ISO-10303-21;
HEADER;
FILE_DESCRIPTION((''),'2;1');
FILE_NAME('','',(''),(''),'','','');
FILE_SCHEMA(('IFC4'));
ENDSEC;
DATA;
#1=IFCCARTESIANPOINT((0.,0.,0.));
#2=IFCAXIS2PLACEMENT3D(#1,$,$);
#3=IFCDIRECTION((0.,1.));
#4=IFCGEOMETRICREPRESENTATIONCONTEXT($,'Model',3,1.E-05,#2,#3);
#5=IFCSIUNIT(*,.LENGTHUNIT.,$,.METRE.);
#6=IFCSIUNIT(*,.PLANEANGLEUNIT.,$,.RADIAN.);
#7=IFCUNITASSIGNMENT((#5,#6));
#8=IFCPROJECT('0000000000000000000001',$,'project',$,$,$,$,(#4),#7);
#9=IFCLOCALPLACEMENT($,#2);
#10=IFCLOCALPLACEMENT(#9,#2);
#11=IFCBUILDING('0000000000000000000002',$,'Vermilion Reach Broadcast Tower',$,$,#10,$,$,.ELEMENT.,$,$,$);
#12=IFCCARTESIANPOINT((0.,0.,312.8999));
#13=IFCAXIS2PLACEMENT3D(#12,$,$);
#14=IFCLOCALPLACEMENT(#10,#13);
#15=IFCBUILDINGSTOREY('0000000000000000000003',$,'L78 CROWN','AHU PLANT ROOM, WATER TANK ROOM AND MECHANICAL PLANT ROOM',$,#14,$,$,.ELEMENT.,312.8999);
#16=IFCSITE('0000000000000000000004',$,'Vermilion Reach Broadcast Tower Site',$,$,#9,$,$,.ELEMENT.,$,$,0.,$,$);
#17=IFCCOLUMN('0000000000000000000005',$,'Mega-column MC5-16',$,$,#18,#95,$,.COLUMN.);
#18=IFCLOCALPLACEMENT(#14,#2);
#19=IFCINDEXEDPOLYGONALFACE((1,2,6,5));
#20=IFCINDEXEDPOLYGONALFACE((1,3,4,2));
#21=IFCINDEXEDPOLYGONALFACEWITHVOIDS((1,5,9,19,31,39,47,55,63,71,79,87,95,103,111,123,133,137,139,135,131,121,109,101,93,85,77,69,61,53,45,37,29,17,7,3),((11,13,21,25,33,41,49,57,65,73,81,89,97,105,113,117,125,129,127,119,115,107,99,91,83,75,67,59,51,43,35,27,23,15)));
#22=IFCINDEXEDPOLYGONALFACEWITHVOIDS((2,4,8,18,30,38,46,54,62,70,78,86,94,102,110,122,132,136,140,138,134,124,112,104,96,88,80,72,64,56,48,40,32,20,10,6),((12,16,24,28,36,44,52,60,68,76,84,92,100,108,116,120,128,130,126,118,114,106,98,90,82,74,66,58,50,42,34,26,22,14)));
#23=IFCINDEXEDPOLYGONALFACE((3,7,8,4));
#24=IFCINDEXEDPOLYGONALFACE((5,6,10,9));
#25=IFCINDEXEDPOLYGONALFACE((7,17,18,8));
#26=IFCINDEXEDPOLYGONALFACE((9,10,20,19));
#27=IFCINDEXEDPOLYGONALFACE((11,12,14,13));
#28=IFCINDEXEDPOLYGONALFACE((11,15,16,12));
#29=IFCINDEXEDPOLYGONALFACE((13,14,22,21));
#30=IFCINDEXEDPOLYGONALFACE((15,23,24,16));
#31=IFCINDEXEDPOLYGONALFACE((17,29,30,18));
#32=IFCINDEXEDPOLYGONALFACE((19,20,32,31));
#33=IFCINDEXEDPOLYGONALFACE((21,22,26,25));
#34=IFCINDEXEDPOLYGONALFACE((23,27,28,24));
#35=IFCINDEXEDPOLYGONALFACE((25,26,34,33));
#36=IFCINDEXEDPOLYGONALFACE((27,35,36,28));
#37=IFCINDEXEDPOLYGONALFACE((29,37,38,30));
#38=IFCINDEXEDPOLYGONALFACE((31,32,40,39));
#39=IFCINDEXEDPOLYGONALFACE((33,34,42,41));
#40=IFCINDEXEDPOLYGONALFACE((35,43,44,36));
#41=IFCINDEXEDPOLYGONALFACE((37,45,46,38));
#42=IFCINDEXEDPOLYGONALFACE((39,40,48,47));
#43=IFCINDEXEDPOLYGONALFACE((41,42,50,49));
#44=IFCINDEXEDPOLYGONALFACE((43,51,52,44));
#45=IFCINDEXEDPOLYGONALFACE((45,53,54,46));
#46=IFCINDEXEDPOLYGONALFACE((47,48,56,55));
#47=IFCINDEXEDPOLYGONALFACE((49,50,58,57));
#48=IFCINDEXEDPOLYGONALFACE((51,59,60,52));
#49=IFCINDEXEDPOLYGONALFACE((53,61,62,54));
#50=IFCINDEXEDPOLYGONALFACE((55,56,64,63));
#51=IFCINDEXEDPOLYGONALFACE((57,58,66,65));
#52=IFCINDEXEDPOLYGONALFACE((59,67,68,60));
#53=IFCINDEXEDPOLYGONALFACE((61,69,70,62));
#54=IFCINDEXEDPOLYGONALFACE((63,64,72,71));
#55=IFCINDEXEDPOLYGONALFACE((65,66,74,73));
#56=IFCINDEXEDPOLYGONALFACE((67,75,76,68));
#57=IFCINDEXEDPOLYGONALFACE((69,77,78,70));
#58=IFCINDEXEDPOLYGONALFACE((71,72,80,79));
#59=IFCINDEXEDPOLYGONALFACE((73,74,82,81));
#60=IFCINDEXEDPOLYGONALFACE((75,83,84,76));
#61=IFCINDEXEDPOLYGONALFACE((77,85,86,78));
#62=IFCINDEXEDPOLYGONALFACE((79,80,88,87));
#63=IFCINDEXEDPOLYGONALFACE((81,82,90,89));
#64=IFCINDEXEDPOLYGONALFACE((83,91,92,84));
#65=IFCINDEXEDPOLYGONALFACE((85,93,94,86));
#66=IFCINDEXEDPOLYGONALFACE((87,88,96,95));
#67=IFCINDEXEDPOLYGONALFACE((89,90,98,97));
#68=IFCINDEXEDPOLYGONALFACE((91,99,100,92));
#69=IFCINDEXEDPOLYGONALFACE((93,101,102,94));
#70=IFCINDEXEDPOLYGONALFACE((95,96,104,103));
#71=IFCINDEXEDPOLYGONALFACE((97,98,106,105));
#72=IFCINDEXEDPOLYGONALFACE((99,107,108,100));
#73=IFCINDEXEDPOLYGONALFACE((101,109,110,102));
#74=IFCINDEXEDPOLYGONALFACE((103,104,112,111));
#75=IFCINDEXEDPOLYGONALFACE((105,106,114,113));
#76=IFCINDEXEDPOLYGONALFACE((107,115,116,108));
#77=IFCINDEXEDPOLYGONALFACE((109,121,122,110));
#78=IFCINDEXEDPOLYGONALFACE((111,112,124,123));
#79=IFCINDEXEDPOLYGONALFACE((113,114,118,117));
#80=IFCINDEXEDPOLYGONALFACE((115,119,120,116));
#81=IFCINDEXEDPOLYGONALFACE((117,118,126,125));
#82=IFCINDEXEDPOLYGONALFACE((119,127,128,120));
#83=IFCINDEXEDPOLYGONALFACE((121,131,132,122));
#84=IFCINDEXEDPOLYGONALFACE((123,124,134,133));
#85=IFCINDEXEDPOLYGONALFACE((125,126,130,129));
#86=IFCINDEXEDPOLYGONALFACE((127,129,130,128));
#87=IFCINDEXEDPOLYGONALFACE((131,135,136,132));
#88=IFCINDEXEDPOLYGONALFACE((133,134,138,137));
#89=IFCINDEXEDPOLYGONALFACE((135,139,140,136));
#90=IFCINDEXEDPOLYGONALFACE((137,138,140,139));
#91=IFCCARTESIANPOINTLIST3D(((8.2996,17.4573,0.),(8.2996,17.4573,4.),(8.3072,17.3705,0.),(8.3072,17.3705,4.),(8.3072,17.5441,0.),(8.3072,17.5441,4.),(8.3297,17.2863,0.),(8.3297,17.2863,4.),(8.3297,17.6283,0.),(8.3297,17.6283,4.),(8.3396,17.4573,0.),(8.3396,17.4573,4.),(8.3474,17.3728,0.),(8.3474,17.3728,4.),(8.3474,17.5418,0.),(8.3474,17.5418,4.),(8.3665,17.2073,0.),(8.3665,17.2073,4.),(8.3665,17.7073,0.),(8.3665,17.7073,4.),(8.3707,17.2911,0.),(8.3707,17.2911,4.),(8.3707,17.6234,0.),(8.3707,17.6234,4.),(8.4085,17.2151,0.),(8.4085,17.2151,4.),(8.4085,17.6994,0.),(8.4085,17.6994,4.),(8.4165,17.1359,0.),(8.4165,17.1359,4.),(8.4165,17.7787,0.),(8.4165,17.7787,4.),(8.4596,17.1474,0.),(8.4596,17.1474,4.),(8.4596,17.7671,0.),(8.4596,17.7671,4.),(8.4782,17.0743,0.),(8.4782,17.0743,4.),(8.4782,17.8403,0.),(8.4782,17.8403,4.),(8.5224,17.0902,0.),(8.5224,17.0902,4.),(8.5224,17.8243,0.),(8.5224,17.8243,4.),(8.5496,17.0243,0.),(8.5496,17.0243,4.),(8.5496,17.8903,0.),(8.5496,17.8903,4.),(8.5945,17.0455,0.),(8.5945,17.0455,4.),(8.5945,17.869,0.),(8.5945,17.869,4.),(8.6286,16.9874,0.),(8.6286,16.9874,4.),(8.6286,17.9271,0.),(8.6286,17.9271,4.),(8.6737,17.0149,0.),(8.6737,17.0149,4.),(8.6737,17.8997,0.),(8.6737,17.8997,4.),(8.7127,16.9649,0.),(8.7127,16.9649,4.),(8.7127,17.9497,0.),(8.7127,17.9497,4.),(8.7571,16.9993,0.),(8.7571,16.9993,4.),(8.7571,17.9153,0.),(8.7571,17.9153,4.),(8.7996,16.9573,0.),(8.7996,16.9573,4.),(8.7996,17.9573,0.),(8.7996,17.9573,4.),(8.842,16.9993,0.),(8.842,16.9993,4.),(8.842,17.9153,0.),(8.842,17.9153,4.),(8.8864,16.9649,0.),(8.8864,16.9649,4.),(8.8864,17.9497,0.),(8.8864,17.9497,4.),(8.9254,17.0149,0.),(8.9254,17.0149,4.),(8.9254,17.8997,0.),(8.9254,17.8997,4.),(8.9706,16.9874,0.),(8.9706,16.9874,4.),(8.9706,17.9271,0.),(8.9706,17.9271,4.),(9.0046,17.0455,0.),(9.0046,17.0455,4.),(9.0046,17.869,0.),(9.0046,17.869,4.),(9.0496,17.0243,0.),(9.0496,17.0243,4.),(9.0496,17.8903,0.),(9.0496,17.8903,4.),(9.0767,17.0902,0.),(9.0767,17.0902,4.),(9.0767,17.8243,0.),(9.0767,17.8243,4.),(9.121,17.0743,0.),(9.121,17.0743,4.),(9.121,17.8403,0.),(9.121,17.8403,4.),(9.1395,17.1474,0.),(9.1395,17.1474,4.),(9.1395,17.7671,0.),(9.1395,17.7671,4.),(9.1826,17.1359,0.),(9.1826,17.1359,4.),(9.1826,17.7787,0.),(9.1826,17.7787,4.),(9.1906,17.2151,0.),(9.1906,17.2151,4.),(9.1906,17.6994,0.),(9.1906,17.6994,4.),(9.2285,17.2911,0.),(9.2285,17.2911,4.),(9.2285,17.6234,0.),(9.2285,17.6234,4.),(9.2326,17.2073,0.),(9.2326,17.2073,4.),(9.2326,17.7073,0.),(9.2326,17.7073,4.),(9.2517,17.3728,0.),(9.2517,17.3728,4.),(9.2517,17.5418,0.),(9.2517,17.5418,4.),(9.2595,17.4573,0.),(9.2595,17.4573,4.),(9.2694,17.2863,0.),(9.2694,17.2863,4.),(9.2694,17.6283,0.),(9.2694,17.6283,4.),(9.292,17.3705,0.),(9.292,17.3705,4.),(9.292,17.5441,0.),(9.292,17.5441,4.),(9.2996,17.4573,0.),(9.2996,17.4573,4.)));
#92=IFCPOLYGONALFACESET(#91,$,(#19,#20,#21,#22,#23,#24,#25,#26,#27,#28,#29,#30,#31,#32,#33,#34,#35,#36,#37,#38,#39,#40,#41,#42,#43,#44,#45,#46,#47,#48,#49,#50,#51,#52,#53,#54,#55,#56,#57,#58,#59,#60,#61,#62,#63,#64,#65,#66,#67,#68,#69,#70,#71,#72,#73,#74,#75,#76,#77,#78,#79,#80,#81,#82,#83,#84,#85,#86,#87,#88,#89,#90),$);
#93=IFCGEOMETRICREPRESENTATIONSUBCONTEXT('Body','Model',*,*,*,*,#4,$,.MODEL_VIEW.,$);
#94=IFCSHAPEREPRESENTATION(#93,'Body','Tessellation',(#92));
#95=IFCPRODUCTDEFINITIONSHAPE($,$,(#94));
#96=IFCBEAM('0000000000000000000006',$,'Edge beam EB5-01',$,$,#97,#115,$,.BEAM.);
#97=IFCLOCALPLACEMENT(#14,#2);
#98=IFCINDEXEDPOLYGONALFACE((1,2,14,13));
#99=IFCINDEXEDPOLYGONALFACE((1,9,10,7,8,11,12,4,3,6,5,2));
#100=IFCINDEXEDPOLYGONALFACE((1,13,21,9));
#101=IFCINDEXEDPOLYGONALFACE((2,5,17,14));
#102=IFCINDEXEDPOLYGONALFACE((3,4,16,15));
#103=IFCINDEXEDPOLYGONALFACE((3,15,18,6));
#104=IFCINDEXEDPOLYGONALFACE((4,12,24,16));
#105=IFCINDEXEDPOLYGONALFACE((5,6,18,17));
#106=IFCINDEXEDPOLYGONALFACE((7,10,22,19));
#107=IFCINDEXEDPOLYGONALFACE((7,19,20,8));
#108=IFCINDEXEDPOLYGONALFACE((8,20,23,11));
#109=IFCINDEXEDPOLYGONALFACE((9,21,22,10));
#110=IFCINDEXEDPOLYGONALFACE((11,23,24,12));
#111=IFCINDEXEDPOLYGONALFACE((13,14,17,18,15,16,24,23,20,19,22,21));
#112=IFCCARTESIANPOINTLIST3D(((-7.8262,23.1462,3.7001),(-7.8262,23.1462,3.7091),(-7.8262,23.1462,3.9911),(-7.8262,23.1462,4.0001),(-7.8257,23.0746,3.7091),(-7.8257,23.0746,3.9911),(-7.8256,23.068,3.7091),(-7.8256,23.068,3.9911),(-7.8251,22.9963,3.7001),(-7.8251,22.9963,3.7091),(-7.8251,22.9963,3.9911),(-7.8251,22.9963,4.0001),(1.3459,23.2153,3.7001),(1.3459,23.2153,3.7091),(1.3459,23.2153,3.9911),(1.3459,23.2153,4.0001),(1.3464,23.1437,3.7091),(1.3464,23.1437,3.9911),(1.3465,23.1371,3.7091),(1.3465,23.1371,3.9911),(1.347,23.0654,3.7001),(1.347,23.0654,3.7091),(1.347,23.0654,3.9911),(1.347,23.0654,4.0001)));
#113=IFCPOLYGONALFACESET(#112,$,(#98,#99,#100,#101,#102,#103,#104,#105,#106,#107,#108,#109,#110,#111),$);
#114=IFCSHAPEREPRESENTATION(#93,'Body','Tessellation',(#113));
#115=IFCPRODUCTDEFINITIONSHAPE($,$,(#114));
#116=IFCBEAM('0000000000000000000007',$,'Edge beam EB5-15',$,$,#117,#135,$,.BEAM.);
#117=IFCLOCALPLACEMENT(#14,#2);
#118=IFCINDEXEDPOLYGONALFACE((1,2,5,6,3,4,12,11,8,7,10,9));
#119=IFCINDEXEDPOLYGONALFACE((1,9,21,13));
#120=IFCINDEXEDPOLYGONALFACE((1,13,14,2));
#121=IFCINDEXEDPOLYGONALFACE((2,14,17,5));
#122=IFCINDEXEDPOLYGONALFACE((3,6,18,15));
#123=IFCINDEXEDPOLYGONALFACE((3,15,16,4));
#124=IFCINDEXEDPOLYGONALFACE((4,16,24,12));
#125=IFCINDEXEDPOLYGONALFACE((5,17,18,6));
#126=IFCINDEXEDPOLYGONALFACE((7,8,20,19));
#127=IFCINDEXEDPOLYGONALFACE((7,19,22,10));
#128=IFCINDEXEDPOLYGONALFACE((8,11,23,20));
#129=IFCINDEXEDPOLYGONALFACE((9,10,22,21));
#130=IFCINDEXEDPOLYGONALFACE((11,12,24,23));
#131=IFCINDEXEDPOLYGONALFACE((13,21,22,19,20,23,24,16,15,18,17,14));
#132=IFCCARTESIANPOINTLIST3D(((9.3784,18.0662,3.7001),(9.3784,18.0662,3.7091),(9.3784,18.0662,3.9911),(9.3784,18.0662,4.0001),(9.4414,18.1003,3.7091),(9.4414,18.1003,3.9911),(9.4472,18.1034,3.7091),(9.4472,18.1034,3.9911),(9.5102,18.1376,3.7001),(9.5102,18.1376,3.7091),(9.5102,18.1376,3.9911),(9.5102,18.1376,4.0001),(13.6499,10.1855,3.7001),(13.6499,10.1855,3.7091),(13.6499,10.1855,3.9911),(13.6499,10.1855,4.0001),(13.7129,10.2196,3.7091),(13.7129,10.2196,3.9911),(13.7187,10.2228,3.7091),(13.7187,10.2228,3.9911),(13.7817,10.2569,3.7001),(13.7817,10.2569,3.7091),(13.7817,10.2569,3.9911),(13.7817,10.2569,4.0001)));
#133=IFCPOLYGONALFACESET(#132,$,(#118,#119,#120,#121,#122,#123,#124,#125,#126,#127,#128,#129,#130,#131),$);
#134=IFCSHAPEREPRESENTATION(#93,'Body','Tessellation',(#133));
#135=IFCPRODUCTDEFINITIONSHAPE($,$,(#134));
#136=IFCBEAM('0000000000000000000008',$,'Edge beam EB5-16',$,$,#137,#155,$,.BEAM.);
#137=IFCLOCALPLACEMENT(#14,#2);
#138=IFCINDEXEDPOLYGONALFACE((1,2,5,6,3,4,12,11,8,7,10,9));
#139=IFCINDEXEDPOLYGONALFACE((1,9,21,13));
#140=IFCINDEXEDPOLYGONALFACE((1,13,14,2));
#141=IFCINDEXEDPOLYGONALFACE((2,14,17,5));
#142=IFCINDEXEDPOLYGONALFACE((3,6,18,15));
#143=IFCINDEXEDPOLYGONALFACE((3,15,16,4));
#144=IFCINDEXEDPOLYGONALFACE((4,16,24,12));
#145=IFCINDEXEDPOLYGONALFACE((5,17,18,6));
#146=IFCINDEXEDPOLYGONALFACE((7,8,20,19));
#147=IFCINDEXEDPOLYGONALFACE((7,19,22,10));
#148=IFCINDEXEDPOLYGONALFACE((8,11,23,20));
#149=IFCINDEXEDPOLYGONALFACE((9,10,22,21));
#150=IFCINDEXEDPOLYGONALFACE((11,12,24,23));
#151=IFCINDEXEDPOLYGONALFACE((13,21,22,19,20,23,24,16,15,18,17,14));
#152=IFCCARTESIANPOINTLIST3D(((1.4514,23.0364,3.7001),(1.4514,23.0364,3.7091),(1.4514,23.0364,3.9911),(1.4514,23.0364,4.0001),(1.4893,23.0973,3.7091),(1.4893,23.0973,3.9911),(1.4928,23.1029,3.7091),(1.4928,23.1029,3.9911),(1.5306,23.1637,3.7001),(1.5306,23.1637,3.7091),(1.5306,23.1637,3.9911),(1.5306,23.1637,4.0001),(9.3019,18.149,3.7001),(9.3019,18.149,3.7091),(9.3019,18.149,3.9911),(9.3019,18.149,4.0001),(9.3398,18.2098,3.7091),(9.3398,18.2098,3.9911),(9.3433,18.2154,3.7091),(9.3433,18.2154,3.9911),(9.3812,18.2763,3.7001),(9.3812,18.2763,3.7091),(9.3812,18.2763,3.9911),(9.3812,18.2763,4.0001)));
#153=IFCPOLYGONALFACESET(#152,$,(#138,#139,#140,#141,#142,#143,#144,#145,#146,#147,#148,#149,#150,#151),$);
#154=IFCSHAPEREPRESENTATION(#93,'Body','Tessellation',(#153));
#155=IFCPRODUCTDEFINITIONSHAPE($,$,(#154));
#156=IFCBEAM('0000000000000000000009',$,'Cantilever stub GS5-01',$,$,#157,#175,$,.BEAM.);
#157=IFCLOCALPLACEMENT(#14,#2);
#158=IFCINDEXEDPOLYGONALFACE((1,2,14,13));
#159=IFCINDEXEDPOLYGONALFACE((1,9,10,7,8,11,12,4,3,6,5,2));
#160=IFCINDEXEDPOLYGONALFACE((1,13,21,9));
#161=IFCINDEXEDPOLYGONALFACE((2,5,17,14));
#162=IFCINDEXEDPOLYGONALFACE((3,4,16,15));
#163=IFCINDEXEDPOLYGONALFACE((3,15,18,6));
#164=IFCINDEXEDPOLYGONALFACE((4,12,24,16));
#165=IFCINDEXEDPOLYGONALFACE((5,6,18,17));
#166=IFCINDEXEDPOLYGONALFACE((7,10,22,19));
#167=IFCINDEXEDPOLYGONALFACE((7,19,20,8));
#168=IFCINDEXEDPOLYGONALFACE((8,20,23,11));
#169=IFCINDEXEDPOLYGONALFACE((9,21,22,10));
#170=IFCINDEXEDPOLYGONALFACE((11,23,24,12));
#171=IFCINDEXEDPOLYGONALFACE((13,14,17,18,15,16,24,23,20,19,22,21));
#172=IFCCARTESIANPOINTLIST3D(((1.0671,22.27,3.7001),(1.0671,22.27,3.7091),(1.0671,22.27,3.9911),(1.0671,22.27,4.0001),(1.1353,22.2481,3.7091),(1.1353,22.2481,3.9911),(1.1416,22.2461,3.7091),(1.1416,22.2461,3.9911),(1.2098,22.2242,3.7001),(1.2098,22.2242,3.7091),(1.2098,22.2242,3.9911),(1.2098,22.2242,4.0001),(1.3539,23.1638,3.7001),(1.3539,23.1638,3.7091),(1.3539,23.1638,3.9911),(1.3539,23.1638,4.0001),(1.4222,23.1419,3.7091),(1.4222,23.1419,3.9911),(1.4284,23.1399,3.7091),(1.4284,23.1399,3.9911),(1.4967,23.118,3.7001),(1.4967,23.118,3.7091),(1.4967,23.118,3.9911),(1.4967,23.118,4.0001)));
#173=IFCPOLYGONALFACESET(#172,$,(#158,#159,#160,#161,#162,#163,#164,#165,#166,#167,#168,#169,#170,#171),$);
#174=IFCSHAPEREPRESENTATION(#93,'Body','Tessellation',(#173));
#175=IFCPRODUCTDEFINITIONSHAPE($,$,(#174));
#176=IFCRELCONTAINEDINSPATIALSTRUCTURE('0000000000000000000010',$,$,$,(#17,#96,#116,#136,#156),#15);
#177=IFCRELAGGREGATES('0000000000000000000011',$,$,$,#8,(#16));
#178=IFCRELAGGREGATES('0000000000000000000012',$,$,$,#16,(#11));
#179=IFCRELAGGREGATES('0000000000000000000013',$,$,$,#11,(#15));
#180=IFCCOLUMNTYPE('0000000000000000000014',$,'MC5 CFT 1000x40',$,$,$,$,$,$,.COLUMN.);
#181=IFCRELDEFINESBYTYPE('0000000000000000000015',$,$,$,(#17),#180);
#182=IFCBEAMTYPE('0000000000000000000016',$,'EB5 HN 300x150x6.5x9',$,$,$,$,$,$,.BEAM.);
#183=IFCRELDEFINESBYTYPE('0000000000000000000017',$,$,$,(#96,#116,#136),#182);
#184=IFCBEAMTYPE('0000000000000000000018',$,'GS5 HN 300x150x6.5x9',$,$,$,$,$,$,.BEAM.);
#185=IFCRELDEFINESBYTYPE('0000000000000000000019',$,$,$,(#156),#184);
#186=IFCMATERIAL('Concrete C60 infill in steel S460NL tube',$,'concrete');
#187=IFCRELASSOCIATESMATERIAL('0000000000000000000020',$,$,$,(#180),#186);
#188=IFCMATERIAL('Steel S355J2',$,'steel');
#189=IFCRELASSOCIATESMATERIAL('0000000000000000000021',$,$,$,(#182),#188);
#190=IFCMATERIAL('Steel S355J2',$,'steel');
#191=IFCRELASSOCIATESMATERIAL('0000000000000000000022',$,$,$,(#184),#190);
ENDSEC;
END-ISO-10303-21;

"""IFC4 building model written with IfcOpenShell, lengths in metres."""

from ifc_helpers import new_model, si_unit, direction, frame, origin, origin_2d, place, context, subcontext, project, spatial, hollow_circle, i_section, extrude, material, material_profile, profile_set, type_object, element, save


model = new_model("IFC4")

# Units and contexts
model_context = context("Model", 3, precision=1e-05, world=origin(), true_north=direction((0.0, 1.0)))
body_context = subcontext(model_context, "Body", "Model", "MODEL_VIEW")
ifc_project = project(units=[si_unit("LENGTHUNIT", "METRE"), si_unit("PLANEANGLEUNIT", "RADIAN")], contexts=[model_context])

# Site, building, storey
site_placement = place(None, origin())
site = spatial("IfcSite", under=ifc_project, at=site_placement, Name="Vermilion Reach Broadcast Tower Site", CompositionType="ELEMENT", RefElevation=0.0)
building_placement = place(site_placement, origin())
building = spatial("IfcBuilding", under=site, at=building_placement, Name="Vermilion Reach Broadcast Tower", CompositionType="ELEMENT")
storey_placement = place(building_placement, frame((0.0, 0.0, 312.8999)))
storey = spatial("IfcBuildingStorey", under=building, at=storey_placement, Name="L78 CROWN", Description="AHU PLANT ROOM, WATER TANK ROOM AND MECHANICAL PLANT ROOM", CompositionType="ELEMENT", Elevation=312.8999)

# Column
ifc_material_1 = material(Name="Concrete C60 infill in steel S460NL tube", Category="concrete")
ifc_material_profile_1 = material_profile(ifc_material_1, hollow_circle(Radius=0.5, WallThickness=0.04, at=origin_2d()), Name="Concrete C60 infill in steel S460NL tube CFT 1000x40")
ifc_profile_set_1 = profile_set([ifc_material_profile_1], Name="Concrete C60 infill in steel S460NL tube")
column_type = type_object("IfcColumnType", Name="MC5 CFT 1000x40", PredefinedType="COLUMN", material=ifc_profile_set_1)
for number, where, z_axis, x_axis, name in (
    (1, (8.7996, 17.4573, 0.0), (0.0, 0.0, 1.0), (1.0, 0.0, 0.0), "Mega-column MC5-16"),
):
    element("IfcColumn", number, at=place(storey_placement, frame(where, z_axis=z_axis, x_axis=x_axis)), inside=storey, type_object=column_type, Name=name, PredefinedType="COLUMN", context=body_context, shape_type="SweptSolid", body=[
        extrude(hollow_circle(Radius=0.5, WallThickness=0.04, at=origin_2d()), origin(), (0.0, 0.0, 1.0), 4.0),
    ])

# Beams
ifc_material_2 = material(Name="Steel S355J2", Category="steel")
ifc_material_profile_2 = material_profile(ifc_material_2, i_section(OverallWidth=0.1499, OverallDepth=0.3, WebThickness=0.0066, FlangeThickness=0.009, at=origin_2d()), Name="S355J2 HN 300x150x6.5x9")
ifc_profile_set_2 = profile_set([ifc_material_profile_2], Name="Steel S355J2")
beam_type_1 = type_object("IfcBeamType", Name="EB5 HN 300x150x6.5x9", PredefinedType="BEAM", material=ifc_profile_set_2)
beam_1_placement = place(storey_placement, frame((1.3464, 23.1404, 3.8501), z_axis=(-0.999972, -0.007533, 0.0), x_axis=(0.007533, -0.999972, 0.0)))
element("IfcBeam", 2, at=beam_1_placement, inside=storey, type_object=beam_type_1, Name="Edge beam EB5-01", PredefinedType="BEAM", context=body_context, shape_type="SweptSolid", body=[
    extrude(i_section(OverallWidth=0.1499, OverallDepth=0.3, WebThickness=0.0066, FlangeThickness=0.009, at=origin_2d()), origin(), (0.0, 0.0, 1.0), 9.1724),
])
beam_2_placement = place(storey_placement, frame((13.7158, 10.2212, 3.8501), z_axis=(-0.476526, 0.87916, 0.0), x_axis=(-0.87916, -0.476526, 0.0)))
element("IfcBeam", 3, at=beam_2_placement, inside=storey, type_object=beam_type_1, Name="Edge beam EB5-15", PredefinedType="BEAM", context=body_context, shape_type="SweptSolid", body=[
    extrude(i_section(OverallWidth=0.1499, OverallDepth=0.3, WebThickness=0.0066, FlangeThickness=0.009, at=origin_2d()), origin(), (0.0, 0.0, 1.0), 8.9639),
])
beam_3_placement = place(storey_placement, frame((9.3416, 18.2126, 3.8501), z_axis=(-0.848928, 0.528508, 0.0), x_axis=(-0.528508, -0.848928, 0.0)))
element("IfcBeam", 4, at=beam_3_placement, inside=storey, type_object=beam_type_1, Name="Edge beam EB5-16", PredefinedType="BEAM", context=body_context, shape_type="SweptSolid", body=[
    extrude(i_section(OverallWidth=0.1499, OverallDepth=0.3, WebThickness=0.0066, FlangeThickness=0.009, at=origin_2d()), origin(), (0.0, 0.0, 1.0), 9.2476),
])
ifc_material_3 = material(Name="Steel S355J2", Category="steel")
ifc_material_profile_3 = material_profile(ifc_material_3, i_section(OverallWidth=0.1499, OverallDepth=0.3, WebThickness=0.0066, FlangeThickness=0.009, at=origin_2d()), Name="S355J2 HN 300x150x6.5x9")
ifc_profile_set_3 = profile_set([ifc_material_profile_3], Name="Steel S355J2")
beam_type_2 = type_object("IfcBeamType", Name="GS5 HN 300x150x6.5x9", PredefinedType="BEAM", material=ifc_profile_set_3)
beam_4_placement = place(storey_placement, frame((1.1384, 22.2471, 3.8501), z_axis=(0.305597, 0.952161, 0.0), x_axis=(-0.952161, 0.305597, 0.0)))
element("IfcBeam", 5, at=beam_4_placement, inside=storey, type_object=beam_type_2, Name="Cantilever stub GS5-01", PredefinedType="BEAM", context=body_context, shape_type="SweptSolid", body=[
    extrude(i_section(OverallWidth=0.1499, OverallDepth=0.3, WebThickness=0.0066, FlangeThickness=0.009, at=origin_2d()), origin(), (0.0, 0.0, 1.0), 0.9387),
])

save(model, "model.ifc")
